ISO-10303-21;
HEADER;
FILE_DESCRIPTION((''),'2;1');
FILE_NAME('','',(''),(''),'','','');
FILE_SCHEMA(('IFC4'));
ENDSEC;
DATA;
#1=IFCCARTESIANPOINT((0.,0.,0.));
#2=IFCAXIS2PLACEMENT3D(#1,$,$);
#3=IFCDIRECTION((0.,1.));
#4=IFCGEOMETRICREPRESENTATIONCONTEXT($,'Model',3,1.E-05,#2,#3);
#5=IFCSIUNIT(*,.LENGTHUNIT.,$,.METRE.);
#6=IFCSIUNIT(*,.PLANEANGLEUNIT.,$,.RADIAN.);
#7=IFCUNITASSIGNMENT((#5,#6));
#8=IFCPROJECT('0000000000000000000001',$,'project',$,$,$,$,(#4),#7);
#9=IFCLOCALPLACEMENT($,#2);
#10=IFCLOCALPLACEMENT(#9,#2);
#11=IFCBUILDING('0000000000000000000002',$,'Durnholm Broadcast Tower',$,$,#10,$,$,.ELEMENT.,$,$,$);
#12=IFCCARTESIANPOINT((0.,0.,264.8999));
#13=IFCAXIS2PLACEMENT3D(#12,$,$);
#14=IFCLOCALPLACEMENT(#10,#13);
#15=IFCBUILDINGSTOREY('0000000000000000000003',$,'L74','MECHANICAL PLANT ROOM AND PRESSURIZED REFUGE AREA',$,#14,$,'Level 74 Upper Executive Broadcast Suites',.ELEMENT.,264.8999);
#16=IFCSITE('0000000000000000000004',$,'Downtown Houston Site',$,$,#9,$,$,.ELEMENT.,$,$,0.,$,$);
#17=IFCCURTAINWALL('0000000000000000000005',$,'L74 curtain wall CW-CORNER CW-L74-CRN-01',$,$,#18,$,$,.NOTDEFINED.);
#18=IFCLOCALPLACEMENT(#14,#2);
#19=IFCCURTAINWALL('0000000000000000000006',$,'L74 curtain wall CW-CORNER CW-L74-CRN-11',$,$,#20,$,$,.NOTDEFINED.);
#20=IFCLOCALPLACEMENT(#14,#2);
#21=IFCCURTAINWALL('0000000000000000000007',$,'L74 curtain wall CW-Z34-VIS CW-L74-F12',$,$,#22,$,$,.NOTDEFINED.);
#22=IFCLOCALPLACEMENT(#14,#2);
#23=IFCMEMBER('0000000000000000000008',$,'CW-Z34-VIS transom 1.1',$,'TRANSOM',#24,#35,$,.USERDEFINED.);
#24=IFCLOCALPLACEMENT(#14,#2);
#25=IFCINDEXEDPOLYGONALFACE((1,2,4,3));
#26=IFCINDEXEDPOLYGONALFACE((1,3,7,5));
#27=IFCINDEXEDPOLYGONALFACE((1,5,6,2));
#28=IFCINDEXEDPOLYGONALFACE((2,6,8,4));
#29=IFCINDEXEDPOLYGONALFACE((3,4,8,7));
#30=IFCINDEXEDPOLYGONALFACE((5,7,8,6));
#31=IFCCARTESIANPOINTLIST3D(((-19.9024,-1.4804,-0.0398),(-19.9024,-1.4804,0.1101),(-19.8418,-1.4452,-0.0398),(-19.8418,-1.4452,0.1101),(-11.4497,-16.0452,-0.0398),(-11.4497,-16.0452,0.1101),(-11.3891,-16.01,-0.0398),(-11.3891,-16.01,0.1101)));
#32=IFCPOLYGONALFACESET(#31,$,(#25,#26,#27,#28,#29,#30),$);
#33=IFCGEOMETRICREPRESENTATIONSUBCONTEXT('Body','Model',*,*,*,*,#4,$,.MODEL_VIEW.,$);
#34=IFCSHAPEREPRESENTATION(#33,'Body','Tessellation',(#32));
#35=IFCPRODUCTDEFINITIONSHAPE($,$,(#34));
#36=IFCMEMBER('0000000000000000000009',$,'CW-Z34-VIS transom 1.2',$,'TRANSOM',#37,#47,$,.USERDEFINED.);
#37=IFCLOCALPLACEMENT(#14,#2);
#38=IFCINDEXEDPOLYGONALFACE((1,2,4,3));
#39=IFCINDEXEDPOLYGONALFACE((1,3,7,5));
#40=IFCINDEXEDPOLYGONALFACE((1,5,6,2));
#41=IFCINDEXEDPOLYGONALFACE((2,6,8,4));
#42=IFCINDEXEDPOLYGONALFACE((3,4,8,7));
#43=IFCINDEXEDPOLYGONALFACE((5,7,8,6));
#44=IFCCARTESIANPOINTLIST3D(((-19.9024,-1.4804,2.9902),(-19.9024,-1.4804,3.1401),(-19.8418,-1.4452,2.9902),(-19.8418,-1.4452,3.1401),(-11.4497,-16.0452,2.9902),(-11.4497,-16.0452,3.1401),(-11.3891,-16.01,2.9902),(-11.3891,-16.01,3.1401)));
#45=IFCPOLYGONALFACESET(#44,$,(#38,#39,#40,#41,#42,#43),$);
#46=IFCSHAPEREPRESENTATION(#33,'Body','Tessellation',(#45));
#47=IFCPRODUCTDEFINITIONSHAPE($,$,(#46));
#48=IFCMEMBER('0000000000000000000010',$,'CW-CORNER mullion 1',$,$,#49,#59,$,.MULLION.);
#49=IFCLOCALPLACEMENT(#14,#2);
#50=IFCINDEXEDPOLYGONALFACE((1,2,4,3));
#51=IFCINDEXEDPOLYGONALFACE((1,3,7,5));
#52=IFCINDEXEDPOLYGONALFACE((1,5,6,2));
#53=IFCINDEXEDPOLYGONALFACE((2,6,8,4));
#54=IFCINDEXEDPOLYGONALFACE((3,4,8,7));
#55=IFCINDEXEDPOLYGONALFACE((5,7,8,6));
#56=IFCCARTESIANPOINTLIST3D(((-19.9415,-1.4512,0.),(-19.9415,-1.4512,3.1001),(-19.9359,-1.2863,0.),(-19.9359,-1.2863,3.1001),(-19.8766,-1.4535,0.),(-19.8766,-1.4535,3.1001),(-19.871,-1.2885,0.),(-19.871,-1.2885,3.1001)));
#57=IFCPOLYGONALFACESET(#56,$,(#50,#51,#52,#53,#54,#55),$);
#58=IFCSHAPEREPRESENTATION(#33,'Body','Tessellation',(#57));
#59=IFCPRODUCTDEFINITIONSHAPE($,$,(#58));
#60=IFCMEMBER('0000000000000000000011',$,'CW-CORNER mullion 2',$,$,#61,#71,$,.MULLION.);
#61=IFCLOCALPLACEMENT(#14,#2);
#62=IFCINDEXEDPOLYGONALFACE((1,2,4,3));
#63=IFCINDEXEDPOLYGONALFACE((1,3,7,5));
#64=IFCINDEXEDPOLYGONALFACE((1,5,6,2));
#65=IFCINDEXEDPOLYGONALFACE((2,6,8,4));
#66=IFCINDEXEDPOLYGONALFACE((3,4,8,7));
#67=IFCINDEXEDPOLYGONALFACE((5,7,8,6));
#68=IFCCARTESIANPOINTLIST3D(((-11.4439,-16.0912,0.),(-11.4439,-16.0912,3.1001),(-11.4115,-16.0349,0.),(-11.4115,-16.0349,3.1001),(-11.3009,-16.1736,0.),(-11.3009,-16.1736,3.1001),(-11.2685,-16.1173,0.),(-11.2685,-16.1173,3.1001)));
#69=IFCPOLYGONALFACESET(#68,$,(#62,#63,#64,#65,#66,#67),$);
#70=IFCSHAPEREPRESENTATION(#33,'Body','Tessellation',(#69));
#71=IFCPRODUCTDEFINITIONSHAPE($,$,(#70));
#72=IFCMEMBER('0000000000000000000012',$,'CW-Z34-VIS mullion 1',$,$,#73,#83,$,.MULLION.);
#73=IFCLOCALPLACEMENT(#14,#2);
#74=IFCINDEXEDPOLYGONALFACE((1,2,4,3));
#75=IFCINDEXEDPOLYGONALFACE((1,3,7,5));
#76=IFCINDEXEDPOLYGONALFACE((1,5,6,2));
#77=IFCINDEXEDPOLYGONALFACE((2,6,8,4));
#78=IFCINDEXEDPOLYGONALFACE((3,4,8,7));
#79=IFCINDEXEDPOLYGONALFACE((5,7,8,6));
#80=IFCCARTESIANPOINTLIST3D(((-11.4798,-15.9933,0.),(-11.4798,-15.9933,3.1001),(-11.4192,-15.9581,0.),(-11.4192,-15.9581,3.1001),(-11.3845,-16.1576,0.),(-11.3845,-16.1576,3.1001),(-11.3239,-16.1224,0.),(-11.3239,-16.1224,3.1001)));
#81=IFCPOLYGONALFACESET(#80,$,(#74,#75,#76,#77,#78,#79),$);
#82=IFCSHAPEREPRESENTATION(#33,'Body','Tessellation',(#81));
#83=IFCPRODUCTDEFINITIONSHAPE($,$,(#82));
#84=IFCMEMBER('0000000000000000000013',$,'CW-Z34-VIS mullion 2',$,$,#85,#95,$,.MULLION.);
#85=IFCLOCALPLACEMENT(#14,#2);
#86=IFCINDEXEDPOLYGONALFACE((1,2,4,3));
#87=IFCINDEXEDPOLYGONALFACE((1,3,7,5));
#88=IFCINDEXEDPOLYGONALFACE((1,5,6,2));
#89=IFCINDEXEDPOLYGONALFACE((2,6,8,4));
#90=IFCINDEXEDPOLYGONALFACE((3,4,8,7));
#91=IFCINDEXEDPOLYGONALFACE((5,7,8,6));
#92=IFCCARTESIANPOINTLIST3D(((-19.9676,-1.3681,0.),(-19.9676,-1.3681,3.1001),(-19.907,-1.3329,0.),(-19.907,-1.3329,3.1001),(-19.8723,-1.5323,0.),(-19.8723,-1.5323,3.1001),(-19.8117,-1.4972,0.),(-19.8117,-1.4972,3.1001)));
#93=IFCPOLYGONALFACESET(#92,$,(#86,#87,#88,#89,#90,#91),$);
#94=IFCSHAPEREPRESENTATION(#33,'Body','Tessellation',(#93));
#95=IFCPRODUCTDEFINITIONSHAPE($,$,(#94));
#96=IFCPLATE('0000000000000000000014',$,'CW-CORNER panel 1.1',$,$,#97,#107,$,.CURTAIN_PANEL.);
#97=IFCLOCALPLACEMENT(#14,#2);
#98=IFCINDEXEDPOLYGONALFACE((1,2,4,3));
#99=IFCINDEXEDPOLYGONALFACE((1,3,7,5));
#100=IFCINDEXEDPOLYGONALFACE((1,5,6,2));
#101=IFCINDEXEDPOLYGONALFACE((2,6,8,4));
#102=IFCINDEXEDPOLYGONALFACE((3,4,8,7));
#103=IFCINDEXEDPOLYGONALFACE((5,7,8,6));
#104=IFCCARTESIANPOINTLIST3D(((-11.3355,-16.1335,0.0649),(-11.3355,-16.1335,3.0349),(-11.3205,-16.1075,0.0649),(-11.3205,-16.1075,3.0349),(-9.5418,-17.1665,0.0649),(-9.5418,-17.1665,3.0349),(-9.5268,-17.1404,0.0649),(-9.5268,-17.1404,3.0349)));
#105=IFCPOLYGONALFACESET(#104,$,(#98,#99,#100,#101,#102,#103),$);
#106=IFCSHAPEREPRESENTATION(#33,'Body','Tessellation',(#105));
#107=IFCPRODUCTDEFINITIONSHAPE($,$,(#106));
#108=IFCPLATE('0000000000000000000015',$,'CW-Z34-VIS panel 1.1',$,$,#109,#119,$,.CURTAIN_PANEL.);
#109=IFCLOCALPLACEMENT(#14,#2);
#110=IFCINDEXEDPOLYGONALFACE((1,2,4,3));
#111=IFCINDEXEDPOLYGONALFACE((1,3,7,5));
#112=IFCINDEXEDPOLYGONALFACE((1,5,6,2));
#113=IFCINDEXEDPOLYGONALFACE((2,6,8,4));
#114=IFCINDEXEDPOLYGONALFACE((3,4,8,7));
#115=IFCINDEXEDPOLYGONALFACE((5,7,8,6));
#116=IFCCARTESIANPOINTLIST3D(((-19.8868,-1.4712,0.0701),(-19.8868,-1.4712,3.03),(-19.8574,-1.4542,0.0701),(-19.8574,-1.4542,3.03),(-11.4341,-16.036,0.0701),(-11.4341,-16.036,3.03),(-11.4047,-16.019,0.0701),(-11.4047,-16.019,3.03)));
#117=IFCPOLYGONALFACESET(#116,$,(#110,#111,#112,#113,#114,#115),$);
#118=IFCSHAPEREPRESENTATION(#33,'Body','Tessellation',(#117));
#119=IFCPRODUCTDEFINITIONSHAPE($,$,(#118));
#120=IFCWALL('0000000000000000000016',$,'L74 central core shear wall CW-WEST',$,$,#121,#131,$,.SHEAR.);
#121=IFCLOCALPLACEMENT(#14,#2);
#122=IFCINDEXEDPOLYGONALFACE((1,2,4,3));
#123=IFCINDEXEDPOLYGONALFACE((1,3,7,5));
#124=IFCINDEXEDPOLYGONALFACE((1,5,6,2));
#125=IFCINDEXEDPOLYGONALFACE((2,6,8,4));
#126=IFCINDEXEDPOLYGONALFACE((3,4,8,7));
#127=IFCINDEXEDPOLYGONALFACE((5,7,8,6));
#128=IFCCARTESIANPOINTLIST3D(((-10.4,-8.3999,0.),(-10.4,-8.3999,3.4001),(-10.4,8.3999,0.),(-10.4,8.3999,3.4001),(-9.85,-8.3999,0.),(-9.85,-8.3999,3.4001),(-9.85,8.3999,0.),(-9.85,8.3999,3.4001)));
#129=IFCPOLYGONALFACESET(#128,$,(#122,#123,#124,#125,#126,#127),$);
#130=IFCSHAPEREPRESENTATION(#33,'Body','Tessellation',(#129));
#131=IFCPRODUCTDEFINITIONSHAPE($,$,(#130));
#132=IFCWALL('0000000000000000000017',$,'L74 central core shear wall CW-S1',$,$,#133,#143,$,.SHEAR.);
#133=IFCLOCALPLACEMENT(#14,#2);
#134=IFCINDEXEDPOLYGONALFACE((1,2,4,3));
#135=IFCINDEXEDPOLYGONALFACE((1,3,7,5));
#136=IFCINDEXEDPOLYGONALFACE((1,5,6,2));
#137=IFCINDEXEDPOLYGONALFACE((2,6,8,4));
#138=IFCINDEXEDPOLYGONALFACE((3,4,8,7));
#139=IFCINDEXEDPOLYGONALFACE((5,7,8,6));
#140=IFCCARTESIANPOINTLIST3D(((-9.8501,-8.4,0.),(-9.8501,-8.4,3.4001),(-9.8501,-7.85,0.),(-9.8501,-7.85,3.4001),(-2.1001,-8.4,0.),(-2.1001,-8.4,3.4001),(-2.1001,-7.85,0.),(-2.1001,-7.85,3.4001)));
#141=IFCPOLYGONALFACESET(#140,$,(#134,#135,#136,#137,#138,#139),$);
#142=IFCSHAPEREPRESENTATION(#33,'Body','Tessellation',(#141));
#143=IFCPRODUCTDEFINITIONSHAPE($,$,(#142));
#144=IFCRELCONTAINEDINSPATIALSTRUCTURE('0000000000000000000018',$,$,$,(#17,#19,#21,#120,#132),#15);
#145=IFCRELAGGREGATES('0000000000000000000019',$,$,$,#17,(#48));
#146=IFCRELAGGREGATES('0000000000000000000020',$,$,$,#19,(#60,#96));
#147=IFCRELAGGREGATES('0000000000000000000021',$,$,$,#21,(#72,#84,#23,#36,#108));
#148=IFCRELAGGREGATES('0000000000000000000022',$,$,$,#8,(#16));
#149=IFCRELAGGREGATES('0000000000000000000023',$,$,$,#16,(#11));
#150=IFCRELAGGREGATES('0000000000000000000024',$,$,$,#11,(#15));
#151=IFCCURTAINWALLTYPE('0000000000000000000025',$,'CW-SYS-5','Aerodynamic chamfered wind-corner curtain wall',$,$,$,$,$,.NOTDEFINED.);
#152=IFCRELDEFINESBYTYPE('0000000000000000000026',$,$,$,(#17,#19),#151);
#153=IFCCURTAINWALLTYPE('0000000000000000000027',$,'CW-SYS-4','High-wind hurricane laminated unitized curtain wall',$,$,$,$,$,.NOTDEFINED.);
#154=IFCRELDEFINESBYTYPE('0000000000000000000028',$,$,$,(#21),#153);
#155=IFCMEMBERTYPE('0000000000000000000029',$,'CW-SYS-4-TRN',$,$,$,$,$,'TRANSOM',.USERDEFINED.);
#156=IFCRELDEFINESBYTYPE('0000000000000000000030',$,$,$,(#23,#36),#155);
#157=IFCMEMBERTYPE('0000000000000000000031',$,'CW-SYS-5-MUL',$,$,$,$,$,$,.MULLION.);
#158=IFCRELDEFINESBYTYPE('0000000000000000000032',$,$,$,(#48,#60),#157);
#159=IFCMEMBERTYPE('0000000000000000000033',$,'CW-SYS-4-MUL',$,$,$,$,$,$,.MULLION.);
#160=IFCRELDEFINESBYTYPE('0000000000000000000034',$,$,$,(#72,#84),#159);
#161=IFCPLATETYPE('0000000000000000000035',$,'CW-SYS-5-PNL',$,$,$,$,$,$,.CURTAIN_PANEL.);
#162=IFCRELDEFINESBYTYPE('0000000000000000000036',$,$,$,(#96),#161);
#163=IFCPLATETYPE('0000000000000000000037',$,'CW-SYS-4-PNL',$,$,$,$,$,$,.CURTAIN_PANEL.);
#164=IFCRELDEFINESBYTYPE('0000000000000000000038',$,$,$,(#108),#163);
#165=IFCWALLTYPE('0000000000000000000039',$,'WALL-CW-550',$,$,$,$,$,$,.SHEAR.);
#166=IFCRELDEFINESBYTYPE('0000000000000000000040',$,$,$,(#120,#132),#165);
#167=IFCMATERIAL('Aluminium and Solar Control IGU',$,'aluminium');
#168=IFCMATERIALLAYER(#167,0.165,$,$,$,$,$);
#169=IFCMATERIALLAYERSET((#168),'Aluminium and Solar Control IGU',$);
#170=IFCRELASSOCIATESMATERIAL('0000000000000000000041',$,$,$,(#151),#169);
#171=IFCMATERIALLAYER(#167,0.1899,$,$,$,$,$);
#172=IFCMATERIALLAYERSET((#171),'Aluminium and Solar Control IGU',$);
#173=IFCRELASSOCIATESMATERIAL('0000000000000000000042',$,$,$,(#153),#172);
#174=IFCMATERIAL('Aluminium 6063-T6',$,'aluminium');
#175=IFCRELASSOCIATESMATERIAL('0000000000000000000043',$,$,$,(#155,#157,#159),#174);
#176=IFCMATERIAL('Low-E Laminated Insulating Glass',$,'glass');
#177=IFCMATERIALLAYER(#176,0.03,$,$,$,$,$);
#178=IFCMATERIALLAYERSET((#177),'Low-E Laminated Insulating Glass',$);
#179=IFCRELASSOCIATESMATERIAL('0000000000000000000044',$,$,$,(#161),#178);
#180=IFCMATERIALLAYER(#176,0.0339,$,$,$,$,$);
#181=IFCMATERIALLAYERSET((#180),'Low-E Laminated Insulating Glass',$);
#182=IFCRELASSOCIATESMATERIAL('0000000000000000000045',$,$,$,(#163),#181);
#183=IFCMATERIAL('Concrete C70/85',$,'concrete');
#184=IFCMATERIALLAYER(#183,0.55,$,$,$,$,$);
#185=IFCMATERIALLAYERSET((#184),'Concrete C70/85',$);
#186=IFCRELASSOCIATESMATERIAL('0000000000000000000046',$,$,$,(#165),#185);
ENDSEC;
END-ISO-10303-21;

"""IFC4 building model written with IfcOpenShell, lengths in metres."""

from ifc_helpers import new_model, si_unit, direction, frame, frame_2d, origin, origin_2d, place, context, subcontext, project, spatial, rectangle, extrude, source, transform, mapped, material, layer, layer_set, material_profile, profile_set, type_object, type_shapes, element, aggregate, save


model = new_model("IFC4")

# Units and contexts
model_context = context("Model", 3, precision=1e-05, world=origin(), true_north=direction((0.0, 1.0)))
body_context = subcontext(model_context, "Body", "Model", "MODEL_VIEW")
ifc_project = project(units=[si_unit("LENGTHUNIT", "METRE"), si_unit("PLANEANGLEUNIT", "RADIAN")], contexts=[model_context])

# Site, building, storey
site_placement = place(None, origin())
site = spatial("IfcSite", under=ifc_project, at=site_placement, Name="Downtown Houston Site", CompositionType="ELEMENT", RefElevation=0.0)
building_placement = place(site_placement, origin())
building = spatial("IfcBuilding", under=site, at=building_placement, Name="Durnholm Broadcast Tower", CompositionType="ELEMENT")
storey_placement = place(building_placement, frame((0.0, 0.0, 264.8999)))
storey = spatial("IfcBuildingStorey", under=building, at=storey_placement, Name="L74", Description="MECHANICAL PLANT ROOM AND PRESSURIZED REFUGE AREA", LongName="Level 74 Upper Executive Broadcast Suites", CompositionType="ELEMENT", Elevation=264.8999)

# Shared definitions
ifc_material_1 = material(Name="Concrete C70/85", Category="concrete")

# Curtain wall
ifc_material_2 = material(Name="Aluminium and Solar Control IGU", Category="aluminium")
ifc_layer_1 = layer(ifc_material_2, 0.165)
ifc_layer_set_1 = layer_set([ifc_layer_1], Name="Aluminium and Solar Control IGU")
curtain_wall_type_1 = type_object("IfcCurtainWallType", Name="CW-SYS-5", Description="Aerodynamic chamfered wind-corner curtain wall", PredefinedType="NOTDEFINED", material=ifc_layer_set_1)
curtain_wall_1_placement = place(storey_placement, origin())
curtain_wall_1 = element("IfcCurtainWall", 1, at=curtain_wall_1_placement, inside=storey, type_object=curtain_wall_type_1, Name="L74 curtain wall CW-CORNER CW-L74-CRN-01", PredefinedType="NOTDEFINED")
ifc_material_3 = material(Name="Aluminium 6063-T6", Category="aluminium")

# Curtain wall
curtain_wall_2_placement = place(storey_placement, origin())
curtain_wall_2 = element("IfcCurtainWall", 2, at=curtain_wall_2_placement, inside=storey, type_object=curtain_wall_type_1, Name="L74 curtain wall CW-CORNER CW-L74-CRN-11", PredefinedType="NOTDEFINED")

# Curtain wall, members
ifc_layer_2 = layer(ifc_material_2, 0.1899)
ifc_layer_set_2 = layer_set([ifc_layer_2], Name="Aluminium and Solar Control IGU")
curtain_wall_type_2 = type_object("IfcCurtainWallType", Name="CW-SYS-4", Description="High-wind hurricane laminated unitized curtain wall", PredefinedType="NOTDEFINED", material=ifc_layer_set_2)
curtain_wall_3_placement = place(storey_placement, origin())
curtain_wall_3 = element("IfcCurtainWall", 3, at=curtain_wall_3_placement, inside=storey, type_object=curtain_wall_type_2, Name="L74 curtain wall CW-Z34-VIS CW-L74-F12", PredefinedType="NOTDEFINED")
ifc_material_profile_1 = material_profile(ifc_material_3, rectangle(XDim=0.0701, YDim=0.1499, at=origin_2d()), Name="CWT70X150")
ifc_profile_set_1 = profile_set([ifc_material_profile_1], Name="Aluminium 6063-T6")
member_type_1 = type_object("IfcMemberType", Name="CW-SYS-4-TRN", ElementType="TRANSOM", PredefinedType="USERDEFINED", material=ifc_profile_set_1)
shared_shape_1 = source(origin(), body_context, "Body", "SweptSolid", [
    extrude(rectangle(XDim=0.0701, YDim=0.1499, at=origin_2d()), origin(), (0.0, 0.0, 1.0), 16.8398),
])
type_shapes(member_type_1, [shared_shape_1])
member_1_placement = place(storey_placement, frame((-11.4194, -16.0276, 0.0352), z_axis=(-0.501945, 0.864899, 0.0), x_axis=(-0.864899, -0.501945, 0.0)))
member_1 = element("IfcMember", 4, at=member_1_placement, type_object=member_type_1, Name="CW-Z34-VIS transom 1.1", ObjectType="TRANSOM", PredefinedType="USERDEFINED", context=body_context, shape_type="MappedRepresentation", body=[
    mapped(shared_shape_1, transform((0.0, 0.0, 0.0), x_axis=(1.0, 0.0, 0.0), y_axis=(0.0, 1.0, 0.0), z_axis=(0.0, 0.0, 1.0), scale=1.0)),
])
member_2_placement = place(storey_placement, frame((-11.4194, -16.0276, 3.0652), z_axis=(-0.501945, 0.864899, 0.0), x_axis=(-0.864899, -0.501945, 0.0)))
member_2 = element("IfcMember", 5, at=member_2_placement, type_object=member_type_1, Name="CW-Z34-VIS transom 1.2", ObjectType="TRANSOM", PredefinedType="USERDEFINED", context=body_context, shape_type="MappedRepresentation", body=[
    mapped(shared_shape_1, transform((0.0, 0.0, 0.0), x_axis=(1.0, 0.0, 0.0), y_axis=(0.0, 1.0, 0.0), z_axis=(0.0, 0.0, 1.0), scale=1.0)),
])

# Members
ifc_material_profile_2 = material_profile(ifc_material_3, rectangle(XDim=0.0649, YDim=0.165, at=origin_2d()), Name="CWM65X165")
ifc_profile_set_2 = profile_set([ifc_material_profile_2], Name="Aluminium 6063-T6")
member_type_2 = type_object("IfcMemberType", Name="CW-SYS-5-MUL", PredefinedType="MULLION", material=ifc_profile_set_2)
shared_shape_2 = source(origin(), body_context, "Body", "SweptSolid", [
    extrude(rectangle(XDim=0.0649, YDim=0.165, at=origin_2d()), origin(), (0.0, 0.0, 1.0), 3.1001),
])
type_shapes(member_type_2, [shared_shape_2])
member_3_placement = place(storey_placement, frame((-19.9062, -1.3699, 0.0), z_axis=(0.0, 0.0, 1.0), x_axis=(-0.999411, 0.034318, 0.0)))
member_3 = element("IfcMember", 6, at=member_3_placement, type_object=member_type_2, Name="CW-CORNER mullion 1", PredefinedType="MULLION", context=body_context, shape_type="MappedRepresentation", body=[
    mapped(shared_shape_2, transform((0.0, 0.0, 0.0), x_axis=(1.0, 0.0, 0.0), y_axis=(0.0, 1.0, 0.0), z_axis=(0.0, 0.0, 1.0), scale=1.0)),
])
aggregate(curtain_wall_1, [member_3])
member_4_placement = place(storey_placement, frame((-11.3562, -16.1042, 0.0), z_axis=(0.0, 0.0, 1.0), x_axis=(-0.499059, -0.866568, 0.0)))
member_4 = element("IfcMember", 7, at=member_4_placement, type_object=member_type_2, Name="CW-CORNER mullion 2", PredefinedType="MULLION", context=body_context, shape_type="MappedRepresentation", body=[
    mapped(shared_shape_2, transform((0.0, 0.0, 0.0), x_axis=(1.0, 0.0, 0.0), y_axis=(0.0, 1.0, 0.0), z_axis=(0.0, 0.0, 1.0), scale=1.0)),
])
ifc_material_profile_3 = material_profile(ifc_material_3, rectangle(XDim=0.0701, YDim=0.1899, at=origin_2d()), Name="CWM70X190")
ifc_profile_set_3 = profile_set([ifc_material_profile_3], Name="Aluminium 6063-T6")
member_type_3 = type_object("IfcMemberType", Name="CW-SYS-4-MUL", PredefinedType="MULLION", material=ifc_profile_set_3)
shared_shape_3 = source(origin(), body_context, "Body", "SweptSolid", [
    extrude(rectangle(XDim=0.0701, YDim=0.1899, at=origin_2d()), origin(), (0.0, 0.0, 1.0), 3.1001),
])
type_shapes(member_type_3, [shared_shape_3])
member_5_placement = place(storey_placement, frame((-11.4019, -16.0579, 0.0), z_axis=(0.0, 0.0, 1.0), x_axis=(-0.8649, -0.501944, 0.0)))
member_5 = element("IfcMember", 8, at=member_5_placement, type_object=member_type_3, Name="CW-Z34-VIS mullion 1", PredefinedType="MULLION", context=body_context, shape_type="MappedRepresentation", body=[
    mapped(shared_shape_3, transform((0.0, 0.0, 0.0), x_axis=(1.0, 0.0, 0.0), y_axis=(0.0, 1.0, 0.0), z_axis=(0.0, 0.0, 1.0), scale=1.0)),
])
member_6_placement = place(storey_placement, frame((-19.8896, -1.4326, 0.0), z_axis=(0.0, 0.0, 1.0), x_axis=(-0.8649, -0.501944, 0.0)))
member_6 = element("IfcMember", 9, at=member_6_placement, type_object=member_type_3, Name="CW-Z34-VIS mullion 2", PredefinedType="MULLION", context=body_context, shape_type="MappedRepresentation", body=[
    mapped(shared_shape_3, transform((0.0, 0.0, 0.0), x_axis=(1.0, 0.0, 0.0), y_axis=(0.0, 1.0, 0.0), z_axis=(0.0, 0.0, 1.0), scale=1.0)),
])

# Plates
ifc_material_4 = material(Name="Low-E Laminated Insulating Glass", Category="glass")
ifc_layer_3 = layer(ifc_material_4, 0.03)
ifc_layer_set_3 = layer_set([ifc_layer_3], Name="Low-E Laminated Insulating Glass")
plate_type_1 = type_object("IfcPlateType", Name="CW-SYS-5-PNL", PredefinedType="CURTAIN_PANEL", material=ifc_layer_set_3)
shared_shape_4 = source(origin(), body_context, "Body", "SweptSolid", [
    extrude(rectangle(XDim=2.0698, YDim=0.03, at=origin_2d()), origin(), (0.0, 0.0, 1.0), 2.97),
])
type_shapes(plate_type_1, [shared_shape_4])
plate_1_placement = place(storey_placement, frame((-10.4312, -16.637, 0.0649), z_axis=(0.0, 0.0, 1.0), x_axis=(-0.866568, 0.499059, 0.0)))
plate_1 = element("IfcPlate", 10, at=plate_1_placement, type_object=plate_type_1, Name="CW-CORNER panel 1.1", PredefinedType="CURTAIN_PANEL", context=body_context, shape_type="MappedRepresentation", body=[
    mapped(shared_shape_4, transform((0.0, 0.0, 0.0), x_axis=(1.0, 0.0, 0.0), y_axis=(0.0, 1.0, 0.0), z_axis=(0.0, 0.0, 1.0), scale=1.0)),
])
aggregate(curtain_wall_2, [member_4, plate_1])
ifc_layer_4 = layer(ifc_material_4, 0.0339)
ifc_layer_set_4 = layer_set([ifc_layer_4], Name="Low-E Laminated Insulating Glass")
plate_type_2 = type_object("IfcPlateType", Name="CW-SYS-4-PNL", PredefinedType="CURTAIN_PANEL", material=ifc_layer_set_4)
shared_shape_5 = source(origin(), body_context, "Body", "SweptSolid", [
    extrude(rectangle(XDim=16.8398, YDim=0.0339, at=origin_2d()), origin(), (0.0, 0.0, 1.0), 2.96),
])
type_shapes(plate_type_2, [shared_shape_5])
plate_2_placement = place(storey_placement, frame((-15.6458, -8.7451, 0.0701), z_axis=(0.0, 0.0, 1.0), x_axis=(-0.501944, 0.8649, 0.0)))
plate_2 = element("IfcPlate", 11, at=plate_2_placement, type_object=plate_type_2, Name="CW-Z34-VIS panel 1.1", PredefinedType="CURTAIN_PANEL", context=body_context, shape_type="MappedRepresentation", body=[
    mapped(shared_shape_5, transform((0.0, 0.0, 0.0), x_axis=(1.0, 0.0, 0.0), y_axis=(0.0, 1.0, 0.0), z_axis=(0.0, 0.0, 1.0), scale=1.0)),
])
aggregate(curtain_wall_3, [member_5, member_6, member_1, member_2, plate_2])

# Walls
ifc_layer_5 = layer(ifc_material_1, 0.55)
ifc_layer_set_5 = layer_set([ifc_layer_5], Name="Concrete C70/85")
wall_type_1 = type_object("IfcWallType", Name="WALL-CW-550", PredefinedType="SHEAR", material=ifc_layer_set_5)
wall_1_placement = place(storey_placement, frame((-10.125, -8.3999, 0.0), z_axis=(0.0, 0.0, 1.0), x_axis=(0.0, 1.0, 0.0)))
element("IfcWall", 12, at=wall_1_placement, inside=storey, type_object=wall_type_1, Name="L74 central core shear wall CW-WEST", PredefinedType="SHEAR", context=body_context, shape_type="SweptSolid", body=[
    extrude(rectangle(XDim=16.7998, YDim=0.55, at=frame_2d((8.3999, 0.0))), origin(), (0.0, 0.0, 1.0), 3.4001),
])
wall_2_placement = place(storey_placement, frame((-9.8501, -8.125, 0.0), z_axis=(0.0, 0.0, 1.0), x_axis=(1.0, 0.0, 0.0)))
element("IfcWall", 13, at=wall_2_placement, inside=storey, type_object=wall_type_1, Name="L74 central core shear wall CW-S1", PredefinedType="SHEAR", context=body_context, shape_type="SweptSolid", body=[
    extrude(rectangle(XDim=7.75, YDim=0.55, at=frame_2d((3.875, 0.0))), origin(), (0.0, 0.0, 1.0), 3.4001),
])

save(model, "model.ifc")
